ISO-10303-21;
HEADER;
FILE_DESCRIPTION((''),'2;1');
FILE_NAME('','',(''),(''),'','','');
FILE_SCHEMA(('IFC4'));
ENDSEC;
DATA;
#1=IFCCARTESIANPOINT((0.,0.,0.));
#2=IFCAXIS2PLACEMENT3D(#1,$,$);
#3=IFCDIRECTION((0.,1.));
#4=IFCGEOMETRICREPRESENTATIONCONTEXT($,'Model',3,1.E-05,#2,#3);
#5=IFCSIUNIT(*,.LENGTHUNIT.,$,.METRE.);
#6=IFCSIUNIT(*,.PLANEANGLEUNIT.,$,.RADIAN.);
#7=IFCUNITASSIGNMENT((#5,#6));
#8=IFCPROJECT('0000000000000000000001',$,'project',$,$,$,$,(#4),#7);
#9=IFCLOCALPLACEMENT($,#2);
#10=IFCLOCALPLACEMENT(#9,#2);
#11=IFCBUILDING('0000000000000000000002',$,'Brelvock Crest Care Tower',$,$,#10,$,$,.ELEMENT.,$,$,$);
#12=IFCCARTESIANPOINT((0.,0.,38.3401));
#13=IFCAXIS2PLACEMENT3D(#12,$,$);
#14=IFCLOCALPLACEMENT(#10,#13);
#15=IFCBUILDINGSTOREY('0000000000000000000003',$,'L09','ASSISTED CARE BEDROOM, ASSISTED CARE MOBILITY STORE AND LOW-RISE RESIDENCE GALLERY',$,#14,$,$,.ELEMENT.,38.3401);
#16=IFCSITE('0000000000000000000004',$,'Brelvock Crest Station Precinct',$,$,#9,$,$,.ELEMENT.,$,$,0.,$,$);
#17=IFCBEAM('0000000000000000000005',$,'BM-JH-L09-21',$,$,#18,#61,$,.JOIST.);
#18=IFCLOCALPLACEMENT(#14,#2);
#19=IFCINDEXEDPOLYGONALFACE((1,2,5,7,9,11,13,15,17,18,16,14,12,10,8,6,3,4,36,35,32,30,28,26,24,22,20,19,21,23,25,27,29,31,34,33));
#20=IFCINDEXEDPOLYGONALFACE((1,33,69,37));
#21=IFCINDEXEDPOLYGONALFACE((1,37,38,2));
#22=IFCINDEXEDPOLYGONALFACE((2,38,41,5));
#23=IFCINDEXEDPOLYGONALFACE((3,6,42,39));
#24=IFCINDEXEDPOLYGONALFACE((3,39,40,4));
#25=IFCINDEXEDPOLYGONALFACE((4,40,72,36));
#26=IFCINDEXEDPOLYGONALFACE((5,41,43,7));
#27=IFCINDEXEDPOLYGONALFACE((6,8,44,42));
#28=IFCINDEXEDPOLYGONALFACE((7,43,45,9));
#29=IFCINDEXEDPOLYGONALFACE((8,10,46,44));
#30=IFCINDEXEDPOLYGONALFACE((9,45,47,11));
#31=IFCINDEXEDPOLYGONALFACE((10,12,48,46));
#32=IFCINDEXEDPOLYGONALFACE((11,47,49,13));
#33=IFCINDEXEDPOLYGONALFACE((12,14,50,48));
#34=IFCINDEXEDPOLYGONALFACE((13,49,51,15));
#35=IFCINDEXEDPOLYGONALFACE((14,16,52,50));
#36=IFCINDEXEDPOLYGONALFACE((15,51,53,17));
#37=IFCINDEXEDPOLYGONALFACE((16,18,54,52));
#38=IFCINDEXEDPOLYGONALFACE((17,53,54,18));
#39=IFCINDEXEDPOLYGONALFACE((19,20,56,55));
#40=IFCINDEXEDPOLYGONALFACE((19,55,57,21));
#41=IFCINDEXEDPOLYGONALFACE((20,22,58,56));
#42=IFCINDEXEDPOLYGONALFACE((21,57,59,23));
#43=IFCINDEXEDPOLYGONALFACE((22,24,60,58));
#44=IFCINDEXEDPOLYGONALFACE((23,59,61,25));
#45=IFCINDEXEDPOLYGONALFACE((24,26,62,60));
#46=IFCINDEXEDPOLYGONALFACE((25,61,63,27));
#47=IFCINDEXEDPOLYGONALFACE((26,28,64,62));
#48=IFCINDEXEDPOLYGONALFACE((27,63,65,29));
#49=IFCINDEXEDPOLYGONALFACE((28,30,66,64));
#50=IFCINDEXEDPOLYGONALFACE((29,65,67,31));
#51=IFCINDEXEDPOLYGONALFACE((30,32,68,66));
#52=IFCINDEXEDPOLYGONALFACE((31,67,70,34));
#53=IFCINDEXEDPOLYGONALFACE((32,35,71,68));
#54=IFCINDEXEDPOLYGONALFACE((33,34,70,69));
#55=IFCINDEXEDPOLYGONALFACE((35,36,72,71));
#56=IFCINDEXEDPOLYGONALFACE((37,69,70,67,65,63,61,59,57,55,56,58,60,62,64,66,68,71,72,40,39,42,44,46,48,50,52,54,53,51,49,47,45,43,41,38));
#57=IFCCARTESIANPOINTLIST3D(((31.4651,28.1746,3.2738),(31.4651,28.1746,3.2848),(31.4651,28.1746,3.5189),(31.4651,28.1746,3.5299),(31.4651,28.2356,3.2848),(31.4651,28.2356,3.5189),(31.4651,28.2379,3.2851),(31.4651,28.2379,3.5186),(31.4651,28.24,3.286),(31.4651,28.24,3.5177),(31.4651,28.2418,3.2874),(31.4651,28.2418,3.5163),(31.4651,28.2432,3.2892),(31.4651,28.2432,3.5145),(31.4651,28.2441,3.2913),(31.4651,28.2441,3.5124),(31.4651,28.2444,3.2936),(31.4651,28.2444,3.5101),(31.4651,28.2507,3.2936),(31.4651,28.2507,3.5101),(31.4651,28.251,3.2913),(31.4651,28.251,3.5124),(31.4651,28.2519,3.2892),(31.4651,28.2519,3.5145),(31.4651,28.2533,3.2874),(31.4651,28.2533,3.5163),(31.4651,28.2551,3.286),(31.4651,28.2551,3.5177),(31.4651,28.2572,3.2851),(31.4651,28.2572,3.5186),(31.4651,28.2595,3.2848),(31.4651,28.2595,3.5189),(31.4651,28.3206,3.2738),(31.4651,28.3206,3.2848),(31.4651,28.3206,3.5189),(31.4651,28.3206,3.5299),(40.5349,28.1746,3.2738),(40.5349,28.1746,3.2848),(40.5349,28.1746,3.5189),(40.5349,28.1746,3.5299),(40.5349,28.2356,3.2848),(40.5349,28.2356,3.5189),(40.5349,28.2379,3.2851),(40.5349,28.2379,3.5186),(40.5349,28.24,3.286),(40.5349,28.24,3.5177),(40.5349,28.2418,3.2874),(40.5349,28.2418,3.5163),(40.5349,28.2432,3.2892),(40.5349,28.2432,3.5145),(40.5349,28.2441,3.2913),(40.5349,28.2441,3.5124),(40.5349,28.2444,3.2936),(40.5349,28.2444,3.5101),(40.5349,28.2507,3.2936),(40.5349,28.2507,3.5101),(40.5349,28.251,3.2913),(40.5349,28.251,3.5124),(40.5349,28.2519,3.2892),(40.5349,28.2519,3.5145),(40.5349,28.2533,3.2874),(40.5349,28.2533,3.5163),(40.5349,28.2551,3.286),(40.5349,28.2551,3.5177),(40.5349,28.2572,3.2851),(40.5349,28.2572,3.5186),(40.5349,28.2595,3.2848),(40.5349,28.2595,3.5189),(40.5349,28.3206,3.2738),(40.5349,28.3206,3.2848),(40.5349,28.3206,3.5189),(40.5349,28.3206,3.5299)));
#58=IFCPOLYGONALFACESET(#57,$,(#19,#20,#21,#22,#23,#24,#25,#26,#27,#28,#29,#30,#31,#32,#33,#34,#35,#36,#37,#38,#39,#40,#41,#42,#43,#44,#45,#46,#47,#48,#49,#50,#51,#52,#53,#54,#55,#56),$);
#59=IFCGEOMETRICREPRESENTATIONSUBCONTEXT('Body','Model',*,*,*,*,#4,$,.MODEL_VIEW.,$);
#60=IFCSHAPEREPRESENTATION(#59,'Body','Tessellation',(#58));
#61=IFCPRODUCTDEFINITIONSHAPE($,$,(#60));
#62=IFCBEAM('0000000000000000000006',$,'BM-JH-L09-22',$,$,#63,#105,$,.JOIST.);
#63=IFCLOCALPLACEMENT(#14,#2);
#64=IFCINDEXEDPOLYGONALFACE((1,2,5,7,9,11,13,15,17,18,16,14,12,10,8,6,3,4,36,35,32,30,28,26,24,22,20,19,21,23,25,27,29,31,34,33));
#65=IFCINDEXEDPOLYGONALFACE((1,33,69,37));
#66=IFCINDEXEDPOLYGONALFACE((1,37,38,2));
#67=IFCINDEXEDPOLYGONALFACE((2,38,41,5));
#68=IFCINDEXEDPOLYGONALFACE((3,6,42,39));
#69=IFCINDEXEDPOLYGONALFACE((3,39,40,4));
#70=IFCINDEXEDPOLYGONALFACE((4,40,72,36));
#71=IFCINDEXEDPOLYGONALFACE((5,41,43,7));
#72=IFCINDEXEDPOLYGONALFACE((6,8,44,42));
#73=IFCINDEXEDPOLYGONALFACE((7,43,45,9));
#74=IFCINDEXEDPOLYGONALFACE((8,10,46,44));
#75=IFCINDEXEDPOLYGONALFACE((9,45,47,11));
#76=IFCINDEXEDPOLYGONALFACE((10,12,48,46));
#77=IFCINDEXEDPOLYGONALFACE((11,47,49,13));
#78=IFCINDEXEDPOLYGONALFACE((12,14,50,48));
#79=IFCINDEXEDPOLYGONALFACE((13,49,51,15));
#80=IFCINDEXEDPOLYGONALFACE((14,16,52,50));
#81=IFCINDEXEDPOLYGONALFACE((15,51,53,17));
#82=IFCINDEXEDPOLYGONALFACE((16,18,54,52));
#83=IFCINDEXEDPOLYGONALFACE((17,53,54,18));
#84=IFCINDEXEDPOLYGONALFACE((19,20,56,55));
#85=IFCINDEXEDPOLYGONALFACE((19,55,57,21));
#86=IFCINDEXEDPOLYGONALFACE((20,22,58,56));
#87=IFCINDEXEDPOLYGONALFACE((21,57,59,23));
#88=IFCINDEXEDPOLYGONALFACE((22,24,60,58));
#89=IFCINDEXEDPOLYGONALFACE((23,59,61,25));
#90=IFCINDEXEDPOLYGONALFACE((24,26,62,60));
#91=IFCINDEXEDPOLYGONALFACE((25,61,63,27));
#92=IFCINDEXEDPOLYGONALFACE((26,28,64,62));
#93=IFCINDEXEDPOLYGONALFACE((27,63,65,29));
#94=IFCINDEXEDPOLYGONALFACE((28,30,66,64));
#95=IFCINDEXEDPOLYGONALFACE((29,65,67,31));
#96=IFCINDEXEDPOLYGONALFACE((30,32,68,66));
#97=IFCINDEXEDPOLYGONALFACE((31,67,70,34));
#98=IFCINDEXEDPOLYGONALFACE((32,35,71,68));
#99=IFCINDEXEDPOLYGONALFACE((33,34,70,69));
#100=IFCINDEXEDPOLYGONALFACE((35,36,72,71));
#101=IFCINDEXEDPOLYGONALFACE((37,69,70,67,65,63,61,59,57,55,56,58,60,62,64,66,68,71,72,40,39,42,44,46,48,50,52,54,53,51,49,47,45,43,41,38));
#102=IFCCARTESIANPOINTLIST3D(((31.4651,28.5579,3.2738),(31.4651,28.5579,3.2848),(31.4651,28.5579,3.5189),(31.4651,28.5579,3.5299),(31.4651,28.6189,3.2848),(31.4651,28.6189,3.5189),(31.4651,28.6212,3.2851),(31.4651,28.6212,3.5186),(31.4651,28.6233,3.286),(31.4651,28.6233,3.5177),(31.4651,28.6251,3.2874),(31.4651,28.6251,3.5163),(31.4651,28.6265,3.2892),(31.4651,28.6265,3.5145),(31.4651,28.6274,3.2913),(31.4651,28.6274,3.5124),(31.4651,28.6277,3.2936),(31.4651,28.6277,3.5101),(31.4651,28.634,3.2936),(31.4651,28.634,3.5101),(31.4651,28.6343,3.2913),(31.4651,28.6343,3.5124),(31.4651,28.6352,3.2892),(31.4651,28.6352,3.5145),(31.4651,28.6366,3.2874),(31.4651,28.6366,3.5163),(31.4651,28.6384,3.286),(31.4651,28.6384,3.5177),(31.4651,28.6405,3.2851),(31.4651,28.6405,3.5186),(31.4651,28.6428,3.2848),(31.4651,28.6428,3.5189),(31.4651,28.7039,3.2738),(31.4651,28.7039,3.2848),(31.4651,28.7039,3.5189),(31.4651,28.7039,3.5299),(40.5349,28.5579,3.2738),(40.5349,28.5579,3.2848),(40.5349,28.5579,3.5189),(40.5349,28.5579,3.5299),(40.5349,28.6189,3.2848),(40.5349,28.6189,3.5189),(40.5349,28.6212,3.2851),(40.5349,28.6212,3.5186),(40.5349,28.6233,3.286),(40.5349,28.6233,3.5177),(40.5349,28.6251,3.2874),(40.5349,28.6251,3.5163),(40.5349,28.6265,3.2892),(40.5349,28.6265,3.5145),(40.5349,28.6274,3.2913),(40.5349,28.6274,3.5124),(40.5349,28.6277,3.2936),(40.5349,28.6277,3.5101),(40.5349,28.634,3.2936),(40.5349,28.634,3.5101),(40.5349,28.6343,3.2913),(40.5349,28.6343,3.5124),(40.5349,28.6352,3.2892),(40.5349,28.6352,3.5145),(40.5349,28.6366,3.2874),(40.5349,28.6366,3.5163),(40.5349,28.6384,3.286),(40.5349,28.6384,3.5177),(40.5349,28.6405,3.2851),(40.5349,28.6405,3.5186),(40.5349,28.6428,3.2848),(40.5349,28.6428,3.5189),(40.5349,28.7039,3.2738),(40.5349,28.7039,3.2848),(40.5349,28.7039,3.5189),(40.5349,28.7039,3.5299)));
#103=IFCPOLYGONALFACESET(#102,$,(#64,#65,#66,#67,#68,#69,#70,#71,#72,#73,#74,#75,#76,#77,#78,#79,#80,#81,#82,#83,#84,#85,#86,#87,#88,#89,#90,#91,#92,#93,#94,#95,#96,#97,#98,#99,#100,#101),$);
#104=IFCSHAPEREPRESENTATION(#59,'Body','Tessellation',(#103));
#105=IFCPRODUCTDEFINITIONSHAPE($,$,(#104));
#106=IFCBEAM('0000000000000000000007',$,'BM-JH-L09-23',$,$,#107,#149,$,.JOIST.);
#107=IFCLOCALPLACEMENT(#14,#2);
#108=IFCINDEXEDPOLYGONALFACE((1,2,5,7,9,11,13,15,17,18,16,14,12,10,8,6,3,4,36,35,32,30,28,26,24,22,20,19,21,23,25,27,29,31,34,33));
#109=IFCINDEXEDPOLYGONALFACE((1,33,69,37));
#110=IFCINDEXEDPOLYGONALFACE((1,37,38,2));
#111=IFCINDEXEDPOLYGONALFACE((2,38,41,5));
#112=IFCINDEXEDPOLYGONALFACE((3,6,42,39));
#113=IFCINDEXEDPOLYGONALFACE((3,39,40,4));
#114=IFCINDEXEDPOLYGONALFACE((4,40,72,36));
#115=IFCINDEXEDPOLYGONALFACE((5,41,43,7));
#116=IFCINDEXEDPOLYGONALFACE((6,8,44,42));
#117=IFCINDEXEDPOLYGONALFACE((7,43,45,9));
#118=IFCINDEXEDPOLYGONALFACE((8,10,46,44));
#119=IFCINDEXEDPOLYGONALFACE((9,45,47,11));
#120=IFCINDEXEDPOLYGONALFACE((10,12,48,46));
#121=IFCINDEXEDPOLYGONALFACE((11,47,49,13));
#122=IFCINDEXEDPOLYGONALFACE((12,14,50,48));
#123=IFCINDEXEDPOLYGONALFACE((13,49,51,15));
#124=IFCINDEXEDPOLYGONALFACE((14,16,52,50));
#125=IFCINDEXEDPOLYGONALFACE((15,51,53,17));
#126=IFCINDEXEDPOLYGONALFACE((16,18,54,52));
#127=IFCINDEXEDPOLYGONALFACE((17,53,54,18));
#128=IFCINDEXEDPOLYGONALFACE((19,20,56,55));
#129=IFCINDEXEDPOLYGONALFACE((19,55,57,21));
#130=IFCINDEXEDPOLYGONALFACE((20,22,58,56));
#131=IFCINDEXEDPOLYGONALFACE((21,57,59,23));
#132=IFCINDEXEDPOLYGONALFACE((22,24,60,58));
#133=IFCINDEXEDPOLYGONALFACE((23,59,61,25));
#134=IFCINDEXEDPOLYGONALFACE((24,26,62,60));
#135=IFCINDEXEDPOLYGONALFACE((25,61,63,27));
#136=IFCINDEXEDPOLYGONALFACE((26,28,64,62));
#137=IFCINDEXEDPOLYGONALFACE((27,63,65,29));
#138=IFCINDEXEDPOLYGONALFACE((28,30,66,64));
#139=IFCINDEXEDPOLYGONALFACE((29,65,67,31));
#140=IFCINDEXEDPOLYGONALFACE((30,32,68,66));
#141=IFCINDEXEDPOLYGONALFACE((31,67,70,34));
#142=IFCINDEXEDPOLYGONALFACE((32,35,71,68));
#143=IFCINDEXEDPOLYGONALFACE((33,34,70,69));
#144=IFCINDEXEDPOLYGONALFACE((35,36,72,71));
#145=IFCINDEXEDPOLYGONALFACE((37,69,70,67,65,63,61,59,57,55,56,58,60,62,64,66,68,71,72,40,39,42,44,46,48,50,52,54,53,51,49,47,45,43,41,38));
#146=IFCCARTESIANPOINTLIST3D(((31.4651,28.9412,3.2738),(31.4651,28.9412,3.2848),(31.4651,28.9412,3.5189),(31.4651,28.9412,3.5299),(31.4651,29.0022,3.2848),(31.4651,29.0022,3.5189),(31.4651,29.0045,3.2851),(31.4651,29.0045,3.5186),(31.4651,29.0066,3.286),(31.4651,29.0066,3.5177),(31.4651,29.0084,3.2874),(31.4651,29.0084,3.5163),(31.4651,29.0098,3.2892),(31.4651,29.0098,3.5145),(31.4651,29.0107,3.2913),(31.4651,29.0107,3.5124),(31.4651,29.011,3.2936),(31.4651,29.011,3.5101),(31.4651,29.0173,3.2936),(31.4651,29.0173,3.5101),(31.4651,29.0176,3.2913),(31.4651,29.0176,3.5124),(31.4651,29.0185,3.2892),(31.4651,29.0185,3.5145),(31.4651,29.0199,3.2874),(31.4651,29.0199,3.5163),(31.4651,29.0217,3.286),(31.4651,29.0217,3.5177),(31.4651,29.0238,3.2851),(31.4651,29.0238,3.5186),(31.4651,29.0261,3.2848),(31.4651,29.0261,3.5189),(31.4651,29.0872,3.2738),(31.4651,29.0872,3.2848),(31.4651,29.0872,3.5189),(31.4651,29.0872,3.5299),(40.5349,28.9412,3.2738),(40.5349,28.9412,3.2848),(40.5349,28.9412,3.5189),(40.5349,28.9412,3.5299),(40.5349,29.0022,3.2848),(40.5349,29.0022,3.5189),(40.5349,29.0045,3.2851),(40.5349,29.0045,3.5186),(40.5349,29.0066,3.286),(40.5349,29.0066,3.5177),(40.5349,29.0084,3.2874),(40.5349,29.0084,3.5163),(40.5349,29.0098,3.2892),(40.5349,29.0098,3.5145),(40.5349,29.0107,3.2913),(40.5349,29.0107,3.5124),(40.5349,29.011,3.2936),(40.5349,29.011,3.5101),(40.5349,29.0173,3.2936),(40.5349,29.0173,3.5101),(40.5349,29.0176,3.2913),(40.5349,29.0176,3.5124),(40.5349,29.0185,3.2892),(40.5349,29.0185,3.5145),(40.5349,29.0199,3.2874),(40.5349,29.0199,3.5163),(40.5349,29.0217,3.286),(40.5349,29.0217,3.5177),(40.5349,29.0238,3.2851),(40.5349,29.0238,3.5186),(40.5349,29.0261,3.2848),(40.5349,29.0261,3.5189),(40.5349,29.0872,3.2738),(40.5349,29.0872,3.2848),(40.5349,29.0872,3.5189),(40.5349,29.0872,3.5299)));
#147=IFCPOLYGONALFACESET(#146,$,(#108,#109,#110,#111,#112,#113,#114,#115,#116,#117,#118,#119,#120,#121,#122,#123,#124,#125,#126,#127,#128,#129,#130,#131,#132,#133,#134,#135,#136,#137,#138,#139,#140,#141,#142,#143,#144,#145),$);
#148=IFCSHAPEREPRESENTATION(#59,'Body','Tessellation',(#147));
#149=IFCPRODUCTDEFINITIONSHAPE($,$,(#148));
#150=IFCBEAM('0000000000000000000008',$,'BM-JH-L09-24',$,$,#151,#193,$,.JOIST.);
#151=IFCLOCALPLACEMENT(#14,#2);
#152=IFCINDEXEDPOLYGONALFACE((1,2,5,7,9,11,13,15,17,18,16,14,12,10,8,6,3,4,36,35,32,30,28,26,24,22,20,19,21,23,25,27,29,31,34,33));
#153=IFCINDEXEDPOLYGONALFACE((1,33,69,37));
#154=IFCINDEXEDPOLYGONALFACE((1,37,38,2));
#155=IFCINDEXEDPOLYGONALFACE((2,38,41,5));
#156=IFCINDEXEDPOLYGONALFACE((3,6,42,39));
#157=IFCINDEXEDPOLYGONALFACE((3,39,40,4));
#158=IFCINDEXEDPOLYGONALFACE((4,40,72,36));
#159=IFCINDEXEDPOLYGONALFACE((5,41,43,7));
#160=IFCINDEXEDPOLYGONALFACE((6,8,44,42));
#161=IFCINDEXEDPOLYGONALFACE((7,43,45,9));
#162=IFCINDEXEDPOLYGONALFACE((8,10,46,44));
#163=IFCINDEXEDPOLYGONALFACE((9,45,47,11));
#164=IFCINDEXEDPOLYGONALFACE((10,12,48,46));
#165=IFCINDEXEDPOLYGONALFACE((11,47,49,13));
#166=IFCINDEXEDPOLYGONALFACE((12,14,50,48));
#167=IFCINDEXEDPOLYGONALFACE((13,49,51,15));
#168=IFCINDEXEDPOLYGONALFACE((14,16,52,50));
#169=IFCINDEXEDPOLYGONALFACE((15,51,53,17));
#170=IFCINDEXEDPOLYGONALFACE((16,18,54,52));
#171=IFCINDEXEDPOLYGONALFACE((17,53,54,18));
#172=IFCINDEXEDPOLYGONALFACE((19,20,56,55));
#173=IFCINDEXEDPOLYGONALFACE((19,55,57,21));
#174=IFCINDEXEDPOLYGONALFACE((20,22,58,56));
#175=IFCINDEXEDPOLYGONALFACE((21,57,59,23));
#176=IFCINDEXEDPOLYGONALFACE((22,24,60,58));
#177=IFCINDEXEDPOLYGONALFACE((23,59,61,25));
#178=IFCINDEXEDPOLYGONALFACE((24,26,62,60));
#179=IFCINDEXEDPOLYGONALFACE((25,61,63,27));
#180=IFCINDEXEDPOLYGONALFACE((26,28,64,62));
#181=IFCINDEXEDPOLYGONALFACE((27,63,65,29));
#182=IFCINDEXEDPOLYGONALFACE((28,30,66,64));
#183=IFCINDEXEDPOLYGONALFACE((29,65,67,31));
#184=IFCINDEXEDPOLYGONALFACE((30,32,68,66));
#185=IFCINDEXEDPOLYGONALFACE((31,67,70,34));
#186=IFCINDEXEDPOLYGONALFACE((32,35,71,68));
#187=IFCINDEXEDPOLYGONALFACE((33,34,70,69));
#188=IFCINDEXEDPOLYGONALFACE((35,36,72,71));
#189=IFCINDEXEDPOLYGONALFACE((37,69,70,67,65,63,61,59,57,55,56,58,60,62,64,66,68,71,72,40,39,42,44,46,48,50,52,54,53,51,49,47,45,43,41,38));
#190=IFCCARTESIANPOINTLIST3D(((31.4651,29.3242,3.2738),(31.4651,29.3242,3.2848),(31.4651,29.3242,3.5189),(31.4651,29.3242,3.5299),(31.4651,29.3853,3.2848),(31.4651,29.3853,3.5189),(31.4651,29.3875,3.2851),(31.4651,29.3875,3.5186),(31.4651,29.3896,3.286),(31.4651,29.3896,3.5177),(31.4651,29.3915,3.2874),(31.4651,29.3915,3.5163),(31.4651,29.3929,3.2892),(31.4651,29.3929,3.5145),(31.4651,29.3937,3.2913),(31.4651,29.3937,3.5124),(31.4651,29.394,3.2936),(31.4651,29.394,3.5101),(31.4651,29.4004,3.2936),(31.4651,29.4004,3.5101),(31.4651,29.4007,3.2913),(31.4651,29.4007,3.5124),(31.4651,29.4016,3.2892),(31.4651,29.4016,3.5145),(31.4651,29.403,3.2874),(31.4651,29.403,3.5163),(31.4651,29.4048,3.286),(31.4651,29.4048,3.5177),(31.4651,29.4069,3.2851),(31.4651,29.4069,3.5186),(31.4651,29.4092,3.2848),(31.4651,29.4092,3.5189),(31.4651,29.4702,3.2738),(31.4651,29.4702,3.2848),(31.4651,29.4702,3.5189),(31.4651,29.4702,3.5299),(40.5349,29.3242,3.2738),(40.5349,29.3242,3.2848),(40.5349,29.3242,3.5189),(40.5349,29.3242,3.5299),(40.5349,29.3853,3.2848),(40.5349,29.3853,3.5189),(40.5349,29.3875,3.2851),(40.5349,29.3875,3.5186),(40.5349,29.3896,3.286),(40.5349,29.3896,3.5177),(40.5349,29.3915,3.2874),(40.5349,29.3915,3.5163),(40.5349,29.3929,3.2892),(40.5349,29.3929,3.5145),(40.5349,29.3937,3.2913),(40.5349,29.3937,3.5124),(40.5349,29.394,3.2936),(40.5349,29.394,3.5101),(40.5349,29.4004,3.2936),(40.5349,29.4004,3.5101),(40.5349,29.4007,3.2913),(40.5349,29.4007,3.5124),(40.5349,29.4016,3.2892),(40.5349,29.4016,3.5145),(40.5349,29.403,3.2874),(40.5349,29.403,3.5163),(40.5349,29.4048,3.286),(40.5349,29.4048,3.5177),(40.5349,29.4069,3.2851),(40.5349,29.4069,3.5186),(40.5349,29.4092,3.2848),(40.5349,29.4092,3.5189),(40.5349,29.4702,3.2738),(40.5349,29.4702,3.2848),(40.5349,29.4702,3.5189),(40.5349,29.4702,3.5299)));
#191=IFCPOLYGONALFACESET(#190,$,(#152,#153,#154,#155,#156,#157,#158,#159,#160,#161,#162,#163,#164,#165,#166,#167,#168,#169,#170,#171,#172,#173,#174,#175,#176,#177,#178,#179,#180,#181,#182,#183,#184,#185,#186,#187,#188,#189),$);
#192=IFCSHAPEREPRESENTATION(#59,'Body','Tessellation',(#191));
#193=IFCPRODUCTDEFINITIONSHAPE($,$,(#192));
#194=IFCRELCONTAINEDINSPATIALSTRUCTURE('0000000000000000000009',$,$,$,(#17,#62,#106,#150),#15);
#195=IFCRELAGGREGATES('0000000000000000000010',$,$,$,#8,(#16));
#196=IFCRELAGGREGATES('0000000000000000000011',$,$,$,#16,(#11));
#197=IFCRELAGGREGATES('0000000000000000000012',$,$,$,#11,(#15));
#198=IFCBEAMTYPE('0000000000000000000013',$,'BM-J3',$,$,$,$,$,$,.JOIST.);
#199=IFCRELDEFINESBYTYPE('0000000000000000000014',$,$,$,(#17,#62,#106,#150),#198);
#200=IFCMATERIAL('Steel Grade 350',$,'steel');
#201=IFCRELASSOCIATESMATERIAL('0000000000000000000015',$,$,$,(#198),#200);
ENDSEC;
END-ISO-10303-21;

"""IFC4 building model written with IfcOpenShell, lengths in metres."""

from ifc_helpers import new_model, si_unit, direction, frame, origin, origin_2d, place, context, subcontext, project, spatial, i_section, extrude, source, transform, mapped, material, material_profile, profile_set, type_object, element, save


model = new_model("IFC4")

# Units and contexts
model_context = context("Model", 3, precision=1e-05, world=origin(), true_north=direction((0.0, 1.0)))
body_context = subcontext(model_context, "Body", "Model", "MODEL_VIEW")
ifc_project = project(units=[si_unit("LENGTHUNIT", "METRE"), si_unit("PLANEANGLEUNIT", "RADIAN")], contexts=[model_context])

# Site, building, storey
site_placement = place(None, origin())
site = spatial("IfcSite", under=ifc_project, at=site_placement, Name="Brelvock Crest Station Precinct", CompositionType="ELEMENT", RefElevation=0.0)
building_placement = place(site_placement, origin())
building = spatial("IfcBuilding", under=site, at=building_placement, Name="Brelvock Crest Care Tower", CompositionType="ELEMENT")
storey_placement = place(building_placement, frame((0.0, 0.0, 38.3401)))
storey = spatial("IfcBuildingStorey", under=building, at=storey_placement, Name="L09", Description="ASSISTED CARE BEDROOM, ASSISTED CARE MOBILITY STORE AND LOW-RISE RESIDENCE GALLERY", CompositionType="ELEMENT", Elevation=38.3401)

# Beams
ifc_material_1 = material(Name="Steel Grade 350", Category="steel")
ifc_material_profile = material_profile(ifc_material_1, i_section(OverallWidth=0.146, OverallDepth=0.2561, WebThickness=0.0063, FlangeThickness=0.011, FilletRadius=0.0088, at=origin_2d()), Name="250UB37.3")
ifc_profile_set = profile_set([ifc_material_profile], Name="Steel Grade 350")
beam_type = type_object("IfcBeamType", Name="BM-J3", PredefinedType="JOIST", material=ifc_profile_set)
shared_shape_1 = source(origin(), body_context, "Body", "SweptSolid", [
    extrude(i_section(OverallWidth=0.146, OverallDepth=0.2561, WebThickness=0.0063, FlangeThickness=0.011, FilletRadius=0.0088, at=origin_2d()), origin(), (0.0, 0.0, 1.0), 9.0698),
])
for number, where, z_axis, x_axis, name in (
    (1, (31.4651, 28.2476, 3.4019), (1.0, 0.0, 0.0), (0.0, 1.0, 0.0), "BM-JH-L09-21"),
    (2, (31.4651, 28.6309, 3.4019), (1.0, 0.0, 0.0), (0.0, 1.0, 0.0), "BM-JH-L09-22"),
    (3, (31.4651, 29.0142, 3.4019), (1.0, 0.0, 0.0), (0.0, 1.0, 0.0), "BM-JH-L09-23"),
    (4, (31.4651, 29.3972, 3.4019), (1.0, 0.0, 0.0), (0.0, 1.0, 0.0), "BM-JH-L09-24"),
):
    element("IfcBeam", number, at=place(storey_placement, frame(where, z_axis=z_axis, x_axis=x_axis)), inside=storey, type_object=beam_type, Name=name, PredefinedType="JOIST", context=body_context, shape_type="MappedRepresentation", body=[
        mapped(shared_shape_1, transform((0.0, 0.0, 0.0), x_axis=(1.0, 0.0, 0.0), y_axis=(0.0, 1.0, 0.0), z_axis=(0.0, 0.0, 1.0), scale=1.0)),
    ])

save(model, "model.ifc")
